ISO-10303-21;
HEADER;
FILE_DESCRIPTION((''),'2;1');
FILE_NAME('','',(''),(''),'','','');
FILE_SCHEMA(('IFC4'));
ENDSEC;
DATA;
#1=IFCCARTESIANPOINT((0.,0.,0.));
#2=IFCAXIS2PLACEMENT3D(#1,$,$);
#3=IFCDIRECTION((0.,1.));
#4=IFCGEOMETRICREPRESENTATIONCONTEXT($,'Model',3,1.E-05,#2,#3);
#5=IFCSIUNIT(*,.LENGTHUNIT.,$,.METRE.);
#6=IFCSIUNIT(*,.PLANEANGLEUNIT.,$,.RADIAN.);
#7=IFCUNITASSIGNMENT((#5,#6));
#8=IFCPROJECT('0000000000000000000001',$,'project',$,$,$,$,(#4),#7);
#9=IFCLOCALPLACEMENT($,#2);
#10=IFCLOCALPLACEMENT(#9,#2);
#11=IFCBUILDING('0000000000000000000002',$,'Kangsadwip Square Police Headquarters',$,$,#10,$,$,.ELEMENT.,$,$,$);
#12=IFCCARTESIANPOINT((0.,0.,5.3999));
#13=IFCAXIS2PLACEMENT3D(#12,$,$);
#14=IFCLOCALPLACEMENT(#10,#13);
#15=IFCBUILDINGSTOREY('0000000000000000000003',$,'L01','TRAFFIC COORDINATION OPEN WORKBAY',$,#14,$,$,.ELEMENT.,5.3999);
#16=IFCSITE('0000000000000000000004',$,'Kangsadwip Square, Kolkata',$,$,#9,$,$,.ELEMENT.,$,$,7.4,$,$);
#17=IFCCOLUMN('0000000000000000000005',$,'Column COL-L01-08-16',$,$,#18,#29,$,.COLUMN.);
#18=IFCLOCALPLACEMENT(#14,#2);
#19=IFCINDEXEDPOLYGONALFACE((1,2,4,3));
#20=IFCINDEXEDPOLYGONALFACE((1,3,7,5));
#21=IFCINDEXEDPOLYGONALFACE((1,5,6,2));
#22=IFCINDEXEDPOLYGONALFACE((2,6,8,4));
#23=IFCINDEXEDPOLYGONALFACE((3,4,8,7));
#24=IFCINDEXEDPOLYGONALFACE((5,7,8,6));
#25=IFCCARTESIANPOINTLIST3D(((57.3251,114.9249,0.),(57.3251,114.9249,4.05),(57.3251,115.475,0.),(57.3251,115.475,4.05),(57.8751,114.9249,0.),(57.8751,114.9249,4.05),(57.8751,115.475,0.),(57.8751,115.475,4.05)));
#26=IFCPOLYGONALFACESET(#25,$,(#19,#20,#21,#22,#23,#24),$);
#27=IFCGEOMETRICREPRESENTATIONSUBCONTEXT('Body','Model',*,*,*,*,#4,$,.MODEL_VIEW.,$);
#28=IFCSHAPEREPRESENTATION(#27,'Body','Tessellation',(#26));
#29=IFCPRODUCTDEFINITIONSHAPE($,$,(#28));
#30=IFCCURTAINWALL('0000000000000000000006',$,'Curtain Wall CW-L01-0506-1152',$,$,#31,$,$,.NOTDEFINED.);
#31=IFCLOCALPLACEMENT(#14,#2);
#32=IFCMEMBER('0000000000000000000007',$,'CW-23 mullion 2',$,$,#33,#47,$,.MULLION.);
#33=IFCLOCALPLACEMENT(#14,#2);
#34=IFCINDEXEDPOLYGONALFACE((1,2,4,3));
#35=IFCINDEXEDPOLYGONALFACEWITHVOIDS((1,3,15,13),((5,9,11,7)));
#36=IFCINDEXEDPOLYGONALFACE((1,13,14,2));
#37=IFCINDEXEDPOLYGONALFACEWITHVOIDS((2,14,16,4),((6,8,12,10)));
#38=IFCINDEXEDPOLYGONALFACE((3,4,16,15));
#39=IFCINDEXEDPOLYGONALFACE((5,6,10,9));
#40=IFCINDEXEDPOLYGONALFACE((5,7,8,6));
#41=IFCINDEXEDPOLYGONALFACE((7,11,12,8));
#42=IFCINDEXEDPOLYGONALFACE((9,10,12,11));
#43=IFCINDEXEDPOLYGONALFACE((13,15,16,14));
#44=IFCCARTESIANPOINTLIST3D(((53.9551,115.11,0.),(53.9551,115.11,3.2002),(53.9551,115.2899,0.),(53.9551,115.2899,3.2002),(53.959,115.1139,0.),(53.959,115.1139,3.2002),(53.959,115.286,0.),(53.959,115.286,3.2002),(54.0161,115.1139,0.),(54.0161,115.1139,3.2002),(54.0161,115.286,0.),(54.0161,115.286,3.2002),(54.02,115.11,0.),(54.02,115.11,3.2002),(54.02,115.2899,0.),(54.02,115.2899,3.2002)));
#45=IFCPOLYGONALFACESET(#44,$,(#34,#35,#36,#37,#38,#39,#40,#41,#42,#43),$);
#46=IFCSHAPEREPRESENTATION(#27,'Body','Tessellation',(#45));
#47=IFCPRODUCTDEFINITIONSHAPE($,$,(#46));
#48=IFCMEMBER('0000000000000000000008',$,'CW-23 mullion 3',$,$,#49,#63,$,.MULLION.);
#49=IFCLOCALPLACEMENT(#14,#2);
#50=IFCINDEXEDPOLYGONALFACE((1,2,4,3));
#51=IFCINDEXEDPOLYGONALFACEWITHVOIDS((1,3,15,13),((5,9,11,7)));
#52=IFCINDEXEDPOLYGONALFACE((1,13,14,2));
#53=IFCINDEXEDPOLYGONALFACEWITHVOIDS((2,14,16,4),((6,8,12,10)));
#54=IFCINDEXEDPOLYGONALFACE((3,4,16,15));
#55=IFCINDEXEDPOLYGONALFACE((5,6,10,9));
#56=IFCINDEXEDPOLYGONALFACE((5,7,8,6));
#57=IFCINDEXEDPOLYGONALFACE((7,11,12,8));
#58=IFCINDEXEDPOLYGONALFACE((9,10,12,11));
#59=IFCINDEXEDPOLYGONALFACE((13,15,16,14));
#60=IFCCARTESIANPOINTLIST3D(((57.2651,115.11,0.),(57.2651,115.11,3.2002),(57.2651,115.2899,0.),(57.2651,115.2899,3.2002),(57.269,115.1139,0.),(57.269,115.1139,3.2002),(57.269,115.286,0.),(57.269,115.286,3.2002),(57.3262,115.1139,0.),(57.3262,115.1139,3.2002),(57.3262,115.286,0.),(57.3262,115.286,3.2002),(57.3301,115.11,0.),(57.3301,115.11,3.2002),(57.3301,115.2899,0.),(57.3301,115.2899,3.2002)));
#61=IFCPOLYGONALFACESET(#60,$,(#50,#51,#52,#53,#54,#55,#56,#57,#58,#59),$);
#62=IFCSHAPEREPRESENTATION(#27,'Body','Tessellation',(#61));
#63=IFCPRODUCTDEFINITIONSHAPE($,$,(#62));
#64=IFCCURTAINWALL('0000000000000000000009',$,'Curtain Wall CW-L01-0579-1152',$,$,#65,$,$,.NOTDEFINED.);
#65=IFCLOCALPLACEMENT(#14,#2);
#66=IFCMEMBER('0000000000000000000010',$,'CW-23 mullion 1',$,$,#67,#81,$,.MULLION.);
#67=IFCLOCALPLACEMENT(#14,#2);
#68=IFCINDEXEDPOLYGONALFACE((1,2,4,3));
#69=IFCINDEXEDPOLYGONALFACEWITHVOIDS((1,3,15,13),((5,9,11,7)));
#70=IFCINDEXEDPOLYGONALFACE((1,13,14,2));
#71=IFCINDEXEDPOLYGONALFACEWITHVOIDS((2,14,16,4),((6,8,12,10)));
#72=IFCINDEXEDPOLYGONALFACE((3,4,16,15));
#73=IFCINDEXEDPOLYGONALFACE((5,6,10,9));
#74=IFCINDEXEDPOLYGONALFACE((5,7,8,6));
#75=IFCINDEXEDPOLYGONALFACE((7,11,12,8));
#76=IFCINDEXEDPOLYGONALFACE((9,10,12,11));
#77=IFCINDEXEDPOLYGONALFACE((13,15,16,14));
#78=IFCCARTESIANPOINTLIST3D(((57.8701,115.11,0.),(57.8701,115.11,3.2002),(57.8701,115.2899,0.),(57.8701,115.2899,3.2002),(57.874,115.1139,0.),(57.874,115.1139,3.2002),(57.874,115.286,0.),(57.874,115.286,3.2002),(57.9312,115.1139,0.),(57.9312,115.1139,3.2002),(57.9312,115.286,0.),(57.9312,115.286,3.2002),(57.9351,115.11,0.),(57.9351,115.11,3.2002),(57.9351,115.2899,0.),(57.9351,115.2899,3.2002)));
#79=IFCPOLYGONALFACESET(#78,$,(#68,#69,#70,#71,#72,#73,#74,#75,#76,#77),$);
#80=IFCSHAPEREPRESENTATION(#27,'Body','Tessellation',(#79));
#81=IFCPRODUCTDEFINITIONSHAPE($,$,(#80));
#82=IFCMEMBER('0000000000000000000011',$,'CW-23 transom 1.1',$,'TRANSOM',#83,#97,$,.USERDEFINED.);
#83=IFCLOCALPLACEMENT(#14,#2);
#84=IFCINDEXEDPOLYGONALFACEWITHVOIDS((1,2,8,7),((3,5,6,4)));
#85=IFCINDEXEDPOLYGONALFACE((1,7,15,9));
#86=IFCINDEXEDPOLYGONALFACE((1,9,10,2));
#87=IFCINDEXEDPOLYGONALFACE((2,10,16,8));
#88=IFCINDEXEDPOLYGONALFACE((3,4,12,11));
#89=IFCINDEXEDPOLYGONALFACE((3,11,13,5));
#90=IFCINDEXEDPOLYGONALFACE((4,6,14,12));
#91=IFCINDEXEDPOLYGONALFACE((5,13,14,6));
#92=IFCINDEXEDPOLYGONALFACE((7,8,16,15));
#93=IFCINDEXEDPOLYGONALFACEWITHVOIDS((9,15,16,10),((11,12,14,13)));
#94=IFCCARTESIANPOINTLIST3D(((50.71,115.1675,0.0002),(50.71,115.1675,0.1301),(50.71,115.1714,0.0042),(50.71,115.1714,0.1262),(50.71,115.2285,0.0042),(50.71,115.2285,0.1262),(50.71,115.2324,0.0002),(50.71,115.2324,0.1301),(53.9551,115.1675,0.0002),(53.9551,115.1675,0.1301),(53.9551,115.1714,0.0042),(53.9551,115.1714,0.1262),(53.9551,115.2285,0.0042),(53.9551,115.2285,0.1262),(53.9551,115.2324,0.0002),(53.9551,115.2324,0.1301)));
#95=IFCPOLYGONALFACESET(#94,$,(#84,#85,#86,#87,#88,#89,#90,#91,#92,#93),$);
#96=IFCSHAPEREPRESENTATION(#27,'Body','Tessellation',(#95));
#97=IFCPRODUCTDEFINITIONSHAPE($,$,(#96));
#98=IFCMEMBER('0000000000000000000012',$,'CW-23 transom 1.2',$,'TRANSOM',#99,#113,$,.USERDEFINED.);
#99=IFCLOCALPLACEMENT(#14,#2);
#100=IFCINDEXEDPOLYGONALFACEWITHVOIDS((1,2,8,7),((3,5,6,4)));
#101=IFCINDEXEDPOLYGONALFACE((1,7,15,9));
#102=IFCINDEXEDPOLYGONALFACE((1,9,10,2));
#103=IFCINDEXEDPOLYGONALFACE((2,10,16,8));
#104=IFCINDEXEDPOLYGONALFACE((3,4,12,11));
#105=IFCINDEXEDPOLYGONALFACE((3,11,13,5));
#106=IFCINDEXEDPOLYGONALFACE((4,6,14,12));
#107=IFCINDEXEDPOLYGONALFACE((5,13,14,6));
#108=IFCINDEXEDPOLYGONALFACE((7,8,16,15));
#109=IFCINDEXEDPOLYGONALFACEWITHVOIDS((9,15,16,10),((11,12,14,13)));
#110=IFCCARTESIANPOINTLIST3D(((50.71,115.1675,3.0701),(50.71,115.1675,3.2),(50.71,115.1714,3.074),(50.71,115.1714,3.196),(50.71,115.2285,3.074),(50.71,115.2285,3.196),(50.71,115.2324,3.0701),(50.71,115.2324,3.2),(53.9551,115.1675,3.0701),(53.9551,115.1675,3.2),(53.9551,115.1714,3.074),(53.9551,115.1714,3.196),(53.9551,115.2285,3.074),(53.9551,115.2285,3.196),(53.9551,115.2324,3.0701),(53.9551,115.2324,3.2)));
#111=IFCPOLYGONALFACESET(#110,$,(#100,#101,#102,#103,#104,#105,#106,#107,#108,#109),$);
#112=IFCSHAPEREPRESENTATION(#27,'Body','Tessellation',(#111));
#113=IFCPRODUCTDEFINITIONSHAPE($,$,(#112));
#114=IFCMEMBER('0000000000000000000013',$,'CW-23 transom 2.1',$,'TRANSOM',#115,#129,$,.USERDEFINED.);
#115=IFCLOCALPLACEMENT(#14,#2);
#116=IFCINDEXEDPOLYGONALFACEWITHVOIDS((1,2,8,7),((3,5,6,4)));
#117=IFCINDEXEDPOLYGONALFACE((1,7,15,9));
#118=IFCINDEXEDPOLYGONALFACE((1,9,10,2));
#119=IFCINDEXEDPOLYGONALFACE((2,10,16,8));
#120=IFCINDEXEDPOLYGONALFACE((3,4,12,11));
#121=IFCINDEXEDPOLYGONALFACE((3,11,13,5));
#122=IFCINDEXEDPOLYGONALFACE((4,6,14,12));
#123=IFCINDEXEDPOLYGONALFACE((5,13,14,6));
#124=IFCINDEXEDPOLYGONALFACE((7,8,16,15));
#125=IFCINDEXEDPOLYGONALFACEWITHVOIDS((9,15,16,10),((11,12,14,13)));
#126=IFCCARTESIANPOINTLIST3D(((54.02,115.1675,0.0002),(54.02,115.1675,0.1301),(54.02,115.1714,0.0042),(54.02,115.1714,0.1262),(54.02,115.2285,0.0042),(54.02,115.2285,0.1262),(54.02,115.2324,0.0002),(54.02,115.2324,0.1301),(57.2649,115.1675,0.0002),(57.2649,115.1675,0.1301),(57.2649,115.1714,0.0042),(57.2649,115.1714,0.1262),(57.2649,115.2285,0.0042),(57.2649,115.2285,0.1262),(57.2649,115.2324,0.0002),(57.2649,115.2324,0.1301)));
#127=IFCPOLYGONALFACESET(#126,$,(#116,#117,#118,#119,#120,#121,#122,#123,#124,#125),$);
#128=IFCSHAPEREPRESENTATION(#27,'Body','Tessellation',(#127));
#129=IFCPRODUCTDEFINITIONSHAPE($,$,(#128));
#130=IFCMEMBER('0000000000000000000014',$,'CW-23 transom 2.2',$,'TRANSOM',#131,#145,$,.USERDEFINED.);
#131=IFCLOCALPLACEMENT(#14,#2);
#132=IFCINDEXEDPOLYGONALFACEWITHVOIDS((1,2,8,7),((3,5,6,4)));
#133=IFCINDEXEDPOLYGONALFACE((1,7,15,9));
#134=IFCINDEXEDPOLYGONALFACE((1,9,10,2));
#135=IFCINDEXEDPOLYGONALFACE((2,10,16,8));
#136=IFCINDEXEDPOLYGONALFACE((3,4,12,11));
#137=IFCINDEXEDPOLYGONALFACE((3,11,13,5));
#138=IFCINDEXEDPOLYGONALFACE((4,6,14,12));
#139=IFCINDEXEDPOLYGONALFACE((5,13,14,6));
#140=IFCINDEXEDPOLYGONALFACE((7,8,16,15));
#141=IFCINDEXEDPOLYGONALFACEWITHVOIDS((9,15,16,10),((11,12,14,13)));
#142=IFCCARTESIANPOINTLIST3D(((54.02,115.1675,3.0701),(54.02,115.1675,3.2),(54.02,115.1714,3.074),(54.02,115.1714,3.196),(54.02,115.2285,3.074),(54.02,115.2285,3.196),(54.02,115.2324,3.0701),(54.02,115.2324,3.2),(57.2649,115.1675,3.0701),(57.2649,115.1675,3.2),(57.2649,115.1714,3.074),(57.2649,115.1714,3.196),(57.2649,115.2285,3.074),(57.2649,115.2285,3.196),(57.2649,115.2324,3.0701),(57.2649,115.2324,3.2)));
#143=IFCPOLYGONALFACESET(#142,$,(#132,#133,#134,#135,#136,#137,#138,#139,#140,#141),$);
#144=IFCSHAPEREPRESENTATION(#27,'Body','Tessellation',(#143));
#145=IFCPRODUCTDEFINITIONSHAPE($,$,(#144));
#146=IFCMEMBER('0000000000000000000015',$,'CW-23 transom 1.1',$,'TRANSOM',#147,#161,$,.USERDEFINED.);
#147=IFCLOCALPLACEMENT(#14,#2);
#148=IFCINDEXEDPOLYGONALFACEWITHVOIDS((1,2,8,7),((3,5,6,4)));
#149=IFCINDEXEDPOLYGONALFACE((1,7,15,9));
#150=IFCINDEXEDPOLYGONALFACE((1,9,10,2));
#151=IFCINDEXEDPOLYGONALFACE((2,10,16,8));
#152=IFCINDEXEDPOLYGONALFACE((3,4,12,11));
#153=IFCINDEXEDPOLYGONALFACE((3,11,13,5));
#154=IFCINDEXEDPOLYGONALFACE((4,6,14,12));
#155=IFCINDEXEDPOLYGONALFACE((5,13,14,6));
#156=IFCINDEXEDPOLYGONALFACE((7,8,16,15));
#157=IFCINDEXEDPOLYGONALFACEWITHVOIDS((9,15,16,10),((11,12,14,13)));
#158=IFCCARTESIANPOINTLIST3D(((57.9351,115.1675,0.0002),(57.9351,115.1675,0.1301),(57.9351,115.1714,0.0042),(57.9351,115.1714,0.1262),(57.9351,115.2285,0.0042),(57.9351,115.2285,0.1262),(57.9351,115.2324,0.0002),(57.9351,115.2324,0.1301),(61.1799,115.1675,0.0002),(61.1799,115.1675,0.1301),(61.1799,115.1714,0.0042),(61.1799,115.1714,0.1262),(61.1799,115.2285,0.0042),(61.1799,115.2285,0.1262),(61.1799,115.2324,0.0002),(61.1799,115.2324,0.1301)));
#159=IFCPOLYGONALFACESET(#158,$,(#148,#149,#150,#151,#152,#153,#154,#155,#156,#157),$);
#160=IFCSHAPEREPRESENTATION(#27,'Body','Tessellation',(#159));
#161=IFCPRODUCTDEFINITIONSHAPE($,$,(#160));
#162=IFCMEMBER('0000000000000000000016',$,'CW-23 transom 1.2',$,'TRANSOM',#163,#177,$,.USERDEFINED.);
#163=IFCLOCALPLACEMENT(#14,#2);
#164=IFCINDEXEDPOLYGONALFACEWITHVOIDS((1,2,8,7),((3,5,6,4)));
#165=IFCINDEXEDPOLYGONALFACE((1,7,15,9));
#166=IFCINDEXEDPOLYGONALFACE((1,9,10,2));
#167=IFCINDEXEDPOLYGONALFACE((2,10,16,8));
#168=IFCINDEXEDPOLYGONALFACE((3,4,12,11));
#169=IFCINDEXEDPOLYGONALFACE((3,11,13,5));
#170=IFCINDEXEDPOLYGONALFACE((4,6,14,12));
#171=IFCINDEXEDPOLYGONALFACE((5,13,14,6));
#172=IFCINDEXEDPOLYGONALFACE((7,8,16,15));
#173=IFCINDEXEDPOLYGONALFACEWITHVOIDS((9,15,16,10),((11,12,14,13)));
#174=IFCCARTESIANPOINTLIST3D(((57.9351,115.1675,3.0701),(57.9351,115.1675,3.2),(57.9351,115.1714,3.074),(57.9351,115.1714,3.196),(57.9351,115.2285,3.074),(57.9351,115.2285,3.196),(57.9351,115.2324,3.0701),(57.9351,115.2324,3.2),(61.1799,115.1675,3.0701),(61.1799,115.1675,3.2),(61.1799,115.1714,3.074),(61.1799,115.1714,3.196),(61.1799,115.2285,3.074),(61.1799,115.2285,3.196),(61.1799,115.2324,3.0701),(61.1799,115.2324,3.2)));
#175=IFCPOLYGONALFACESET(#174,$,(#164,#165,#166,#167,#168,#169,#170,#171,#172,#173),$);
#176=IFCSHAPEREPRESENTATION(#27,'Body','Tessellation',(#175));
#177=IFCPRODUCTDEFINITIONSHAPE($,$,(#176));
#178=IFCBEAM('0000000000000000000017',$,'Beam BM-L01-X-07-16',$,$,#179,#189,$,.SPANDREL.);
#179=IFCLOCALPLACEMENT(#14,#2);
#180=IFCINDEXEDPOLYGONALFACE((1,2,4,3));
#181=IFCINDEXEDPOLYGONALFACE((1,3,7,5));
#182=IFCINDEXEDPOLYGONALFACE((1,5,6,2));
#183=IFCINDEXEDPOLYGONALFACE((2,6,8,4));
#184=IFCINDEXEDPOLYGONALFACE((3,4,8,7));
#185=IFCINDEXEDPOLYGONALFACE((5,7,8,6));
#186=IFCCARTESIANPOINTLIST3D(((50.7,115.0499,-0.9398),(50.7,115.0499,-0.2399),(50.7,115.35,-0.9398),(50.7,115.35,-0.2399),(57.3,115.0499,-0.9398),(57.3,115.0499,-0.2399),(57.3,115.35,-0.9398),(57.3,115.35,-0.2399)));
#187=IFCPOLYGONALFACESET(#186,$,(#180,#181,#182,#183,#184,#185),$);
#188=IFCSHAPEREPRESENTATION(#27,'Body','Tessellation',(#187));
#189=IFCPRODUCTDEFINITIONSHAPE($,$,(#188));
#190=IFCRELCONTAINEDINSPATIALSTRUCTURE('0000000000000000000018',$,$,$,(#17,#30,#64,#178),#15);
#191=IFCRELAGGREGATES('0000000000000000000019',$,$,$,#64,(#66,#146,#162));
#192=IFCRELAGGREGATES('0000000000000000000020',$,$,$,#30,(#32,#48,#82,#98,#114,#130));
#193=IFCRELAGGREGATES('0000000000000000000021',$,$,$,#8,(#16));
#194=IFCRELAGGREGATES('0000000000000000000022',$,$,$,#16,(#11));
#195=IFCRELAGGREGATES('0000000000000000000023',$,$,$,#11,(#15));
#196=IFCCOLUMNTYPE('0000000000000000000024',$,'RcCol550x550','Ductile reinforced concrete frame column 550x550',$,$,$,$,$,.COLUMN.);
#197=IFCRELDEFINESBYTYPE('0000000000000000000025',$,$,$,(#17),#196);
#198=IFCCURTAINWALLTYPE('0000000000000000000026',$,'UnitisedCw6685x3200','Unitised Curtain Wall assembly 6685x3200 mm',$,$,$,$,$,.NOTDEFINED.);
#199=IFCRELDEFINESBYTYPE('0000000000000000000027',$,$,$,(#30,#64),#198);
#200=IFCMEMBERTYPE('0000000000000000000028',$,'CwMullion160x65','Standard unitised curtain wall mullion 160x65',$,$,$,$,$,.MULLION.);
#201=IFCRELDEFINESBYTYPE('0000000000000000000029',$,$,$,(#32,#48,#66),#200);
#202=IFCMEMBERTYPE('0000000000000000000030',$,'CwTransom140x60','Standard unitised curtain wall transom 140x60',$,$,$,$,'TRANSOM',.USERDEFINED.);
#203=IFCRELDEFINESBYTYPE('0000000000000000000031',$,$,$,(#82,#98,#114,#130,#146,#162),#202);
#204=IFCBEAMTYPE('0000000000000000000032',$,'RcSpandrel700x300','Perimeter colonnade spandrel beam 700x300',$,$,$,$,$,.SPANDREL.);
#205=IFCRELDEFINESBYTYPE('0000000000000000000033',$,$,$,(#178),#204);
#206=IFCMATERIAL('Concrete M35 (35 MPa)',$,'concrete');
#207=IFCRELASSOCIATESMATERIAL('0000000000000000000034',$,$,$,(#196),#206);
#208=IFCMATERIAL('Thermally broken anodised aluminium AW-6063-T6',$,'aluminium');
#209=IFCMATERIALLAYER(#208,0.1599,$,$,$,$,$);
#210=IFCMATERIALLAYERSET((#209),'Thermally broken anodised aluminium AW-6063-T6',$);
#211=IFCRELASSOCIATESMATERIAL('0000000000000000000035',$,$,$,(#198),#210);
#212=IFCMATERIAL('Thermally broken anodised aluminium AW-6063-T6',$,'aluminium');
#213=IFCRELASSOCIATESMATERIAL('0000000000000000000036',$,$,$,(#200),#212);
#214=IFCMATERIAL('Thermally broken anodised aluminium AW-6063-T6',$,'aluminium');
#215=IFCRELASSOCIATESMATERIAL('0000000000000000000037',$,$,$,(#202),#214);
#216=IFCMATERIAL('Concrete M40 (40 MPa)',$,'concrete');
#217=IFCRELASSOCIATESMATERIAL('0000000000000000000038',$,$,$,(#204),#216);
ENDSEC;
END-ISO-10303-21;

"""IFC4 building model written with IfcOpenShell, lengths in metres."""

from ifc_helpers import new_model, si_unit, direction, frame, origin, origin_2d, place, context, subcontext, project, spatial, rectangle, hollow_rectangle, extrude, material, layer, layer_set, material_profile, profile_set, type_object, element, aggregate, save


model = new_model("IFC4")

# Units and contexts
model_context = context("Model", 3, precision=1e-05, world=origin(), true_north=direction((0.0, 1.0)))
body_context = subcontext(model_context, "Body", "Model", "MODEL_VIEW")
ifc_project = project(units=[si_unit("LENGTHUNIT", "METRE"), si_unit("PLANEANGLEUNIT", "RADIAN")], contexts=[model_context])

# Site, building, storey
site_placement = place(None, origin())
site = spatial("IfcSite", under=ifc_project, at=site_placement, Name="Kangsadwip Square, Kolkata", CompositionType="ELEMENT", RefElevation=7.4)
building_placement = place(site_placement, origin())
building = spatial("IfcBuilding", under=site, at=building_placement, Name="Kangsadwip Square Police Headquarters", CompositionType="ELEMENT")
storey_placement = place(building_placement, frame((0.0, 0.0, 5.3999)))
storey = spatial("IfcBuildingStorey", under=building, at=storey_placement, Name="L01", Description="TRAFFIC COORDINATION OPEN WORKBAY", CompositionType="ELEMENT", Elevation=5.3999)

# Column
ifc_material_1 = material(Name="Concrete M35 (35 MPa)", Category="concrete")
ifc_material_profile_1 = material_profile(ifc_material_1, rectangle(XDim=0.55, YDim=0.55, at=origin_2d()), Name="RC COL 550X550")
ifc_profile_set_1 = profile_set([ifc_material_profile_1], Name="Concrete M35 (35 MPa)")
column_type = type_object("IfcColumnType", Name="RcCol550x550", Description="Ductile reinforced concrete frame column 550x550", PredefinedType="COLUMN", material=ifc_profile_set_1)
column_placement = place(storey_placement, frame((57.6001, 115.2, 0.0), z_axis=(0.0, 0.0, 1.0), x_axis=(1.0, 0.0, 0.0)))
element("IfcColumn", 1, at=column_placement, inside=storey, type_object=column_type, Name="Column COL-L01-08-16", PredefinedType="COLUMN", context=body_context, shape_type="SweptSolid", body=[
    extrude(rectangle(XDim=0.55, YDim=0.55, at=origin_2d()), origin(), (0.0, 0.0, 1.0), 4.05),
])

# Curtain wall, members
ifc_material_2 = material(Name="Thermally broken anodised aluminium AW-6063-T6", Category="aluminium")
ifc_layer_1 = layer(ifc_material_2, 0.1599)
ifc_layer_set_1 = layer_set([ifc_layer_1], Name="Thermally broken anodised aluminium AW-6063-T6")
curtain_wall_type = type_object("IfcCurtainWallType", Name="UnitisedCw6685x3200", Description="Unitised Curtain Wall assembly 6685x3200 mm", PredefinedType="NOTDEFINED", material=ifc_layer_set_1)
curtain_wall_1_placement = place(storey_placement, origin())
curtain_wall_1 = element("IfcCurtainWall", 2, at=curtain_wall_1_placement, inside=storey, type_object=curtain_wall_type, Name="Curtain Wall CW-L01-0506-1152", PredefinedType="NOTDEFINED")
ifc_material_3 = material(Name="Thermally broken anodised aluminium AW-6063-T6", Category="aluminium")
ifc_material_profile_2 = material_profile(ifc_material_3, hollow_rectangle(XDim=0.0649, YDim=0.1799, WallThickness=0.0039, at=origin_2d()), Name="CWM 180X65X4")
ifc_profile_set_2 = profile_set([ifc_material_profile_2], Name="Thermally broken anodised aluminium AW-6063-T6")
member_type_1 = type_object("IfcMemberType", Name="CwMullion160x65", Description="Standard unitised curtain wall mullion 160x65", PredefinedType="MULLION", material=ifc_profile_set_2)
member_1_placement = place(storey_placement, frame((53.9875, 115.2, 0.0), z_axis=(0.0, 0.0, 1.0), x_axis=(1.0, 0.0, 0.0)))
member_1 = element("IfcMember", 3, at=member_1_placement, type_object=member_type_1, Name="CW-23 mullion 2", PredefinedType="MULLION", context=body_context, shape_type="SweptSolid", body=[
    extrude(hollow_rectangle(XDim=0.0649, YDim=0.1799, WallThickness=0.0039, at=origin_2d()), origin(), (0.0, 0.0, 1.0), 3.2002),
])
member_2_placement = place(storey_placement, frame((57.2976, 115.2, 0.0), z_axis=(0.0, 0.0, 1.0), x_axis=(1.0, 0.0, 0.0)))
member_2 = element("IfcMember", 4, at=member_2_placement, type_object=member_type_1, Name="CW-23 mullion 3", PredefinedType="MULLION", context=body_context, shape_type="SweptSolid", body=[
    extrude(hollow_rectangle(XDim=0.0649, YDim=0.1799, WallThickness=0.0039, at=origin_2d()), origin(), (0.0, 0.0, 1.0), 3.2002),
])

# Curtain wall, member
curtain_wall_2_placement = place(storey_placement, origin())
curtain_wall_2 = element("IfcCurtainWall", 5, at=curtain_wall_2_placement, inside=storey, type_object=curtain_wall_type, Name="Curtain Wall CW-L01-0579-1152", PredefinedType="NOTDEFINED")
member_3_placement = place(storey_placement, frame((57.9026, 115.2, 0.0), z_axis=(0.0, 0.0, 1.0), x_axis=(1.0, 0.0, 0.0)))
member_3 = element("IfcMember", 6, at=member_3_placement, type_object=member_type_1, Name="CW-23 mullion 1", PredefinedType="MULLION", context=body_context, shape_type="SweptSolid", body=[
    extrude(hollow_rectangle(XDim=0.0649, YDim=0.1799, WallThickness=0.0039, at=origin_2d()), origin(), (0.0, 0.0, 1.0), 3.2002),
])

# Members
ifc_material_4 = material(Name="Thermally broken anodised aluminium AW-6063-T6", Category="aluminium")
ifc_material_profile_3 = material_profile(ifc_material_4, hollow_rectangle(XDim=0.0649, YDim=0.1299, WallThickness=0.0039, at=origin_2d()), Name="CWT 130X65X4")
ifc_profile_set_3 = profile_set([ifc_material_profile_3], Name="Thermally broken anodised aluminium AW-6063-T6")
member_type_2 = type_object("IfcMemberType", Name="CwTransom140x60", Description="Standard unitised curtain wall transom 140x60", ElementType="TRANSOM", PredefinedType="USERDEFINED", material=ifc_profile_set_3)
member_4_placement = place(storey_placement, frame((50.71, 115.2, 0.0652), z_axis=(1.0, 0.0, 0.0), x_axis=(0.0, 1.0, 0.0)))
member_4 = element("IfcMember", 7, at=member_4_placement, type_object=member_type_2, Name="CW-23 transom 1.1", ObjectType="TRANSOM", PredefinedType="USERDEFINED", context=body_context, shape_type="SweptSolid", body=[
    extrude(hollow_rectangle(XDim=0.0649, YDim=0.1299, WallThickness=0.0039, at=origin_2d()), origin(), (0.0, 0.0, 1.0), 3.2451),
])
member_5_placement = place(storey_placement, frame((50.71, 115.2, 3.135), z_axis=(1.0, 0.0, 0.0), x_axis=(0.0, 1.0, 0.0)))
member_5 = element("IfcMember", 8, at=member_5_placement, type_object=member_type_2, Name="CW-23 transom 1.2", ObjectType="TRANSOM", PredefinedType="USERDEFINED", context=body_context, shape_type="SweptSolid", body=[
    extrude(hollow_rectangle(XDim=0.0649, YDim=0.1299, WallThickness=0.0039, at=origin_2d()), origin(), (0.0, 0.0, 1.0), 3.2451),
])
member_6_placement = place(storey_placement, frame((54.02, 115.2, 0.0652), z_axis=(1.0, 0.0, 0.0), x_axis=(0.0, 1.0, 0.0)))
member_6 = element("IfcMember", 9, at=member_6_placement, type_object=member_type_2, Name="CW-23 transom 2.1", ObjectType="TRANSOM", PredefinedType="USERDEFINED", context=body_context, shape_type="SweptSolid", body=[
    extrude(hollow_rectangle(XDim=0.0649, YDim=0.1299, WallThickness=0.0039, at=origin_2d()), origin(), (0.0, 0.0, 1.0), 3.2449),
])
member_7_placement = place(storey_placement, frame((54.02, 115.2, 3.135), z_axis=(1.0, 0.0, 0.0), x_axis=(0.0, 1.0, 0.0)))
member_7 = element("IfcMember", 10, at=member_7_placement, type_object=member_type_2, Name="CW-23 transom 2.2", ObjectType="TRANSOM", PredefinedType="USERDEFINED", context=body_context, shape_type="SweptSolid", body=[
    extrude(hollow_rectangle(XDim=0.0649, YDim=0.1299, WallThickness=0.0039, at=origin_2d()), origin(), (0.0, 0.0, 1.0), 3.2449),
])
member_8_placement = place(storey_placement, frame((57.9351, 115.2, 0.0652), z_axis=(1.0, 0.0, 0.0), x_axis=(0.0, 1.0, 0.0)))
member_8 = element("IfcMember", 11, at=member_8_placement, type_object=member_type_2, Name="CW-23 transom 1.1", ObjectType="TRANSOM", PredefinedType="USERDEFINED", context=body_context, shape_type="SweptSolid", body=[
    extrude(hollow_rectangle(XDim=0.0649, YDim=0.1299, WallThickness=0.0039, at=origin_2d()), origin(), (0.0, 0.0, 1.0), 3.2449),
])
member_9_placement = place(storey_placement, frame((57.9351, 115.2, 3.135), z_axis=(1.0, 0.0, 0.0), x_axis=(0.0, 1.0, 0.0)))
member_9 = element("IfcMember", 12, at=member_9_placement, type_object=member_type_2, Name="CW-23 transom 1.2", ObjectType="TRANSOM", PredefinedType="USERDEFINED", context=body_context, shape_type="SweptSolid", body=[
    extrude(hollow_rectangle(XDim=0.0649, YDim=0.1299, WallThickness=0.0039, at=origin_2d()), origin(), (0.0, 0.0, 1.0), 3.2449),
])
aggregate(curtain_wall_2, [member_3, member_8, member_9])

# Beam
ifc_material_5 = material(Name="Concrete M40 (40 MPa)", Category="concrete")
ifc_material_profile_4 = material_profile(ifc_material_5, rectangle(XDim=0.3, YDim=0.7, at=origin_2d()), Name="RC SPN 700X300")
ifc_profile_set_4 = profile_set([ifc_material_profile_4], Name="Concrete M40 (40 MPa)")
beam_type_1 = type_object("IfcBeamType", Name="RcSpandrel700x300", Description="Perimeter colonnade spandrel beam 700x300", PredefinedType="SPANDREL", material=ifc_profile_set_4)
for number, where, z_axis, x_axis, name in (
    (13, (50.7, 115.2, -0.5898), (1.0, 0.0, 0.0), (0.0, 1.0, 0.0), "Beam BM-L01-X-07-16"),
):
    element("IfcBeam", number, at=place(storey_placement, frame(where, z_axis=z_axis, x_axis=x_axis)), inside=storey, type_object=beam_type_1, Name=name, PredefinedType="SPANDREL", context=body_context, shape_type="SweptSolid", body=[
        extrude(rectangle(XDim=0.3, YDim=0.7, at=origin_2d()), origin(), (0.0, 0.0, 1.0), 6.6001),
    ])

aggregate(curtain_wall_1, [member_1, member_2, member_4, member_5, member_6, member_7])

save(model, "model.ifc")
